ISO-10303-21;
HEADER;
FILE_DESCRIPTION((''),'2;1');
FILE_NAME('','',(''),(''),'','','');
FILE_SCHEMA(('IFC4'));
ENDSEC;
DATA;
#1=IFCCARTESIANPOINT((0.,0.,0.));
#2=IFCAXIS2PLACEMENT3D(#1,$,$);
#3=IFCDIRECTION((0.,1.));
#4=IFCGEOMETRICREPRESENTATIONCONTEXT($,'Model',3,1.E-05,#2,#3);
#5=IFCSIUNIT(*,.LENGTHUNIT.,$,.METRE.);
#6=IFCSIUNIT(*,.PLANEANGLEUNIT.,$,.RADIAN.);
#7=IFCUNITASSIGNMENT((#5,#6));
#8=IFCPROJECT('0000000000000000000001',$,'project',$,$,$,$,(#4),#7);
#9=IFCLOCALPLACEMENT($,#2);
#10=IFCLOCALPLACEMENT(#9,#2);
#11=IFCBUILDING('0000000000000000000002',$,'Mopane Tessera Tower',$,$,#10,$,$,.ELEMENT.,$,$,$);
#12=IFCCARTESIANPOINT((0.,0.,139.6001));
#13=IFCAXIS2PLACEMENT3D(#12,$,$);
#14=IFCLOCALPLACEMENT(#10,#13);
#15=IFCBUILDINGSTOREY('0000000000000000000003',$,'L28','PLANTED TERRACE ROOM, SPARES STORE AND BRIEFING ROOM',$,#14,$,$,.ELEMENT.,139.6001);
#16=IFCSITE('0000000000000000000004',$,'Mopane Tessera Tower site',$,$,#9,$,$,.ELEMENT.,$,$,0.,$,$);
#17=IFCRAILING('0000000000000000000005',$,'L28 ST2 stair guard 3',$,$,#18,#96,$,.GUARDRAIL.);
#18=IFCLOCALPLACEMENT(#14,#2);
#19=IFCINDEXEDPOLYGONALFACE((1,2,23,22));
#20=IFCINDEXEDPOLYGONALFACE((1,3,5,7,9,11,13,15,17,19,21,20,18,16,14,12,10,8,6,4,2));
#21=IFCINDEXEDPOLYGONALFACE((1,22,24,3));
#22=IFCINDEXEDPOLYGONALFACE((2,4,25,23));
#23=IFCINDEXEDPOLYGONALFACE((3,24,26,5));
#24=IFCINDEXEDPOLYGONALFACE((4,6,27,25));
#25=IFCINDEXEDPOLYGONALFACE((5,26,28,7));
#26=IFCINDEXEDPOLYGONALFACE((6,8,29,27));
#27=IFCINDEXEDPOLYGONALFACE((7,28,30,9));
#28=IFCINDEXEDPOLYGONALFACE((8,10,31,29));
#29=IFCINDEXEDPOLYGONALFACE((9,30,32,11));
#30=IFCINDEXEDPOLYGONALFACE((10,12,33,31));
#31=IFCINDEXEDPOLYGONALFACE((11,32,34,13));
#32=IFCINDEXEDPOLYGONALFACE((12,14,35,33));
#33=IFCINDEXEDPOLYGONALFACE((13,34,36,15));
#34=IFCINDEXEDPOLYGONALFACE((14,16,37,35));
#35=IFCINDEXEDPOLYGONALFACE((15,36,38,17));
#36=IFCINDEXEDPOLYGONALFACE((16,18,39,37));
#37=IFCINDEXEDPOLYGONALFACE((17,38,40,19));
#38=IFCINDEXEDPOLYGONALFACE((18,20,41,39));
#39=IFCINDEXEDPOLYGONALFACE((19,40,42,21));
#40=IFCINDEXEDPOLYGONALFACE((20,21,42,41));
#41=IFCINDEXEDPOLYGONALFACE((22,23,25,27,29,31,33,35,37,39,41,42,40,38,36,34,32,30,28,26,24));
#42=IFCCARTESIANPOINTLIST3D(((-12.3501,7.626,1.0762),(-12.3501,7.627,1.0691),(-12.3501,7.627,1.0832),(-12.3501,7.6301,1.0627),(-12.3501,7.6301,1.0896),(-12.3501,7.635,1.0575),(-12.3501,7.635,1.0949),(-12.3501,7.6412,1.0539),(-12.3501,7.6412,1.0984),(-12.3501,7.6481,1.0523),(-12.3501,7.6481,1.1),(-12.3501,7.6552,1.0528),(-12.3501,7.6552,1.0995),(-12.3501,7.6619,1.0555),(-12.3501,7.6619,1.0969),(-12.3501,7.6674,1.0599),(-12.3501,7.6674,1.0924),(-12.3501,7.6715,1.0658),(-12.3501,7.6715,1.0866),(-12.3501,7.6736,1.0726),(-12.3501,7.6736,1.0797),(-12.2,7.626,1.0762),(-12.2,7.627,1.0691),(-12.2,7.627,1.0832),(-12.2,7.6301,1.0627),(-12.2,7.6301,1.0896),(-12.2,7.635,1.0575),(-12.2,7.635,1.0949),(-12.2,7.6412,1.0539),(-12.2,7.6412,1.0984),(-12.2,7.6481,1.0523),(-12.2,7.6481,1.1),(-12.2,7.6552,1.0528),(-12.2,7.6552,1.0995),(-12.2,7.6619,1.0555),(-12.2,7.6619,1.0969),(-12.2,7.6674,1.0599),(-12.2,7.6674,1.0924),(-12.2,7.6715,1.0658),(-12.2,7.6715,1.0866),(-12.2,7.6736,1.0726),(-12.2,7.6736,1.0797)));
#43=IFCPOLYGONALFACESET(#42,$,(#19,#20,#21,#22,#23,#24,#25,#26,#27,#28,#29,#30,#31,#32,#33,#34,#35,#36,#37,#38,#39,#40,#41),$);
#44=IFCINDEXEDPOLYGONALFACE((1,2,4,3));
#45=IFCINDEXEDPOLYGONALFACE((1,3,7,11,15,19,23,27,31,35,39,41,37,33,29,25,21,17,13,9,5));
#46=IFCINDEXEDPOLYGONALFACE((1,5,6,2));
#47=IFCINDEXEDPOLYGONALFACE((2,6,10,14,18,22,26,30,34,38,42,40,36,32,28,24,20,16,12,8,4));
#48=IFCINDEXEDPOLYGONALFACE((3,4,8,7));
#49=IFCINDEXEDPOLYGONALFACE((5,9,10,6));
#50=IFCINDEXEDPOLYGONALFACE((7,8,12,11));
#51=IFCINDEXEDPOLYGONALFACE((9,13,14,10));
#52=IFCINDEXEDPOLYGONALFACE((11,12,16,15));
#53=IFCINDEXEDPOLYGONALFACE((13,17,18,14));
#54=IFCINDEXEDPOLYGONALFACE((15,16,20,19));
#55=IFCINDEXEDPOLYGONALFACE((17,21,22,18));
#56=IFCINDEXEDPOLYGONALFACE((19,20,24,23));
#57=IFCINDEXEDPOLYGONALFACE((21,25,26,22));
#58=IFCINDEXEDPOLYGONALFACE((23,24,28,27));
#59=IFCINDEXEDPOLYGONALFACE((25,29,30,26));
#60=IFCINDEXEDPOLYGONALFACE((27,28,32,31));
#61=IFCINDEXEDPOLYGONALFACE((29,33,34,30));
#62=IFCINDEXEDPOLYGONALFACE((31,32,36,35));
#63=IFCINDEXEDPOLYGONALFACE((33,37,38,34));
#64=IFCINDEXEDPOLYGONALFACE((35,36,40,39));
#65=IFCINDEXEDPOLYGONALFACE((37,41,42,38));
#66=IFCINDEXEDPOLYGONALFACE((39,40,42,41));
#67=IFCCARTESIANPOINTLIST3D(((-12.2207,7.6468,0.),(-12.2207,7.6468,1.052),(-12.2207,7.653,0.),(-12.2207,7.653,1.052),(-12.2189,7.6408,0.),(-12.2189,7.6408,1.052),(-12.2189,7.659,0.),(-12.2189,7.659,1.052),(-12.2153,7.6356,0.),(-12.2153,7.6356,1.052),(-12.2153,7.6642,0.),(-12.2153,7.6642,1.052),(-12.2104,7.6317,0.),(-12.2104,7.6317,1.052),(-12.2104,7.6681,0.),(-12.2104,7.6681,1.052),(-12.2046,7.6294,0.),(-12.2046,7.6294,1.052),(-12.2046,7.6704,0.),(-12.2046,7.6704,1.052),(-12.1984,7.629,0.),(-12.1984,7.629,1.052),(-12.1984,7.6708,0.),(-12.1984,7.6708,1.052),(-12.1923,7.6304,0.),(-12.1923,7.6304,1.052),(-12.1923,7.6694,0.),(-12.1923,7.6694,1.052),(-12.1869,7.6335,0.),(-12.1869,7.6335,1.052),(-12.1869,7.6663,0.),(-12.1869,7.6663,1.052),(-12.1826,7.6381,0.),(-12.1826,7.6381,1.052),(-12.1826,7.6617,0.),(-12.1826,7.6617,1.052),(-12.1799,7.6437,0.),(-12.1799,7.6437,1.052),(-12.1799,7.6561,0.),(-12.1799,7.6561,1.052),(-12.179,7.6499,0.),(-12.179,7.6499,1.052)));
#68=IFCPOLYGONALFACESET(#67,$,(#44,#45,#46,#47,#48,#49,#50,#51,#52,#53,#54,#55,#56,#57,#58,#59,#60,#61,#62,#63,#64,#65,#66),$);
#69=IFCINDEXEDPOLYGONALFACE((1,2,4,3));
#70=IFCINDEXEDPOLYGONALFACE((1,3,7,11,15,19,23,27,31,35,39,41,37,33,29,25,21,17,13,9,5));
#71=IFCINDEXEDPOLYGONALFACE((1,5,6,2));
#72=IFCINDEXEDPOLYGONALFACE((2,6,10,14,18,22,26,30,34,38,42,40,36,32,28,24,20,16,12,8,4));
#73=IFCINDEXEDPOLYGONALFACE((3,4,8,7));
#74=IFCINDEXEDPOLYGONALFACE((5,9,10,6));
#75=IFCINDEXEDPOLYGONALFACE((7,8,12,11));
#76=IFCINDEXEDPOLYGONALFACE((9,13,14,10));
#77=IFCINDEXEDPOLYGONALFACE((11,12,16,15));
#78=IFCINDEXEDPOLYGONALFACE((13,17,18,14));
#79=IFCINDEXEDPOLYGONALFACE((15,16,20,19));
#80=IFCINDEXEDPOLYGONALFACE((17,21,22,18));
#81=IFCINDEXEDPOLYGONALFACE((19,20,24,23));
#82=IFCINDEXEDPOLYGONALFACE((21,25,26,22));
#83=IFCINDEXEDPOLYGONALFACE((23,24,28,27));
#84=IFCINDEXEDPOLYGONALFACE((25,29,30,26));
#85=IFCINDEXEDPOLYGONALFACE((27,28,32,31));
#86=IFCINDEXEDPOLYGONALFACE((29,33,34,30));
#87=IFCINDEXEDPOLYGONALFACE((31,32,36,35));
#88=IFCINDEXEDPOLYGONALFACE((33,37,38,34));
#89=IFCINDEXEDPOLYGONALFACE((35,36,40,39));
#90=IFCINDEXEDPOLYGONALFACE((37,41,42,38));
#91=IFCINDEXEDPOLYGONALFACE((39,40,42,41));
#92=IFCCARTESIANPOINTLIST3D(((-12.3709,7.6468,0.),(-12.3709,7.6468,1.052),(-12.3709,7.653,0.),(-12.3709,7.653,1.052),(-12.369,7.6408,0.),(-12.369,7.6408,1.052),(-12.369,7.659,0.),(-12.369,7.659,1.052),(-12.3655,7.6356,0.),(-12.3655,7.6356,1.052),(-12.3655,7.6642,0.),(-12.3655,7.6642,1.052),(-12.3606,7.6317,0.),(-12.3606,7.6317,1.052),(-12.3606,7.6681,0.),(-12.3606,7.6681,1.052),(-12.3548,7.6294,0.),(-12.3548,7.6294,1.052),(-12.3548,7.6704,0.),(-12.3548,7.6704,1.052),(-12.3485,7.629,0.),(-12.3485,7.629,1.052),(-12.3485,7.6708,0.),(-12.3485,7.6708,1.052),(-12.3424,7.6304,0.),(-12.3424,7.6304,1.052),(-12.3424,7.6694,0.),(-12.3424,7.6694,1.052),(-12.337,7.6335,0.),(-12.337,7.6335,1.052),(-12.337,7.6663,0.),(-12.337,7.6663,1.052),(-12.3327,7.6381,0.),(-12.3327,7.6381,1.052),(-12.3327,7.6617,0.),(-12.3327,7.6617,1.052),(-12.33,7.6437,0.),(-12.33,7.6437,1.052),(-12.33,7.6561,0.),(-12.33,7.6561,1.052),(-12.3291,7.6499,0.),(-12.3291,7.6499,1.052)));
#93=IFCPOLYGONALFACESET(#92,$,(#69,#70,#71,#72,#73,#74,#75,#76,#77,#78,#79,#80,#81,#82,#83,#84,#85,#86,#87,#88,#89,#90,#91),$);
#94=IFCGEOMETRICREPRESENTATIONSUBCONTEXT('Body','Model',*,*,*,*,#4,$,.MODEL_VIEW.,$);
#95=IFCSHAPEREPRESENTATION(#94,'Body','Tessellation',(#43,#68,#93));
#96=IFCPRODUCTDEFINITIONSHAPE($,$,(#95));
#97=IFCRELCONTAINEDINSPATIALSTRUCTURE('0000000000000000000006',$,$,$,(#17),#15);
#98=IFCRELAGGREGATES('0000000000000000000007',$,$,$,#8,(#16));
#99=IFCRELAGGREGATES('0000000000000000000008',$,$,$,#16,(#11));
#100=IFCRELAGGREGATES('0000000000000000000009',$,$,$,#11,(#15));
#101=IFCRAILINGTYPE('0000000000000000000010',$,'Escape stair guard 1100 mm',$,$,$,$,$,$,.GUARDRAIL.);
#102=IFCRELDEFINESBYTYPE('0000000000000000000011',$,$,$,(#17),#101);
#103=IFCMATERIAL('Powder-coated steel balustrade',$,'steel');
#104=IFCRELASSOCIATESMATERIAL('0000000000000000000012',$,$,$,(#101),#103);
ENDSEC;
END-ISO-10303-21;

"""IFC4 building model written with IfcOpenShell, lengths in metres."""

from ifc_helpers import new_model, si_unit, direction, frame, origin, origin_2d, place, context, subcontext, project, spatial, circle, extrude, material, type_object, element, save


model = new_model("IFC4")

# Units and contexts
model_context = context("Model", 3, precision=1e-05, world=origin(), true_north=direction((0.0, 1.0)))
body_context = subcontext(model_context, "Body", "Model", "MODEL_VIEW")
ifc_project = project(units=[si_unit("LENGTHUNIT", "METRE"), si_unit("PLANEANGLEUNIT", "RADIAN")], contexts=[model_context])

# Site, building, storey
site_placement = place(None, origin())
site = spatial("IfcSite", under=ifc_project, at=site_placement, Name="Mopane Tessera Tower site", CompositionType="ELEMENT", RefElevation=0.0)
building_placement = place(site_placement, origin())
building = spatial("IfcBuilding", under=site, at=building_placement, Name="Mopane Tessera Tower", CompositionType="ELEMENT")
storey_placement = place(building_placement, frame((0.0, 0.0, 139.6001)))
storey = spatial("IfcBuildingStorey", under=building, at=storey_placement, Name="L28", Description="PLANTED TERRACE ROOM, SPARES STORE AND BRIEFING ROOM", CompositionType="ELEMENT", Elevation=139.6001)

# Railing
ifc_material_1 = material(Name="Powder-coated steel balustrade", Category="steel")
railing_type = type_object("IfcRailingType", Name="Escape stair guard 1100 mm", PredefinedType="GUARDRAIL", material=ifc_material_1)
railing_1_placement = place(storey_placement, frame((-12.2, 7.6499, 0.0)))
element("IfcRailing", 1, at=railing_1_placement, inside=storey, type_object=railing_type, Name="L28 ST2 stair guard 3", PredefinedType="GUARDRAIL", context=body_context, shape_type="SweptSolid", body=[
    extrude(circle(Radius=0.0239, at=origin_2d()), frame((0.0, 0.0, 1.0762), z_axis=(-1.0, 0.0, 0.0), x_axis=(0.0, -1.0, 0.0)), (0.0, 0.0, 1.0), 0.1501),
    extrude(circle(Radius=0.021, at=origin_2d()), origin(), (0.0, 0.0, 1.0), 1.052),
    extrude(circle(Radius=0.021, at=origin_2d()), frame((-0.1501, 0.0, 0.0)), (0.0, 0.0, 1.0), 1.052),
])

save(model, "model.ifc")
